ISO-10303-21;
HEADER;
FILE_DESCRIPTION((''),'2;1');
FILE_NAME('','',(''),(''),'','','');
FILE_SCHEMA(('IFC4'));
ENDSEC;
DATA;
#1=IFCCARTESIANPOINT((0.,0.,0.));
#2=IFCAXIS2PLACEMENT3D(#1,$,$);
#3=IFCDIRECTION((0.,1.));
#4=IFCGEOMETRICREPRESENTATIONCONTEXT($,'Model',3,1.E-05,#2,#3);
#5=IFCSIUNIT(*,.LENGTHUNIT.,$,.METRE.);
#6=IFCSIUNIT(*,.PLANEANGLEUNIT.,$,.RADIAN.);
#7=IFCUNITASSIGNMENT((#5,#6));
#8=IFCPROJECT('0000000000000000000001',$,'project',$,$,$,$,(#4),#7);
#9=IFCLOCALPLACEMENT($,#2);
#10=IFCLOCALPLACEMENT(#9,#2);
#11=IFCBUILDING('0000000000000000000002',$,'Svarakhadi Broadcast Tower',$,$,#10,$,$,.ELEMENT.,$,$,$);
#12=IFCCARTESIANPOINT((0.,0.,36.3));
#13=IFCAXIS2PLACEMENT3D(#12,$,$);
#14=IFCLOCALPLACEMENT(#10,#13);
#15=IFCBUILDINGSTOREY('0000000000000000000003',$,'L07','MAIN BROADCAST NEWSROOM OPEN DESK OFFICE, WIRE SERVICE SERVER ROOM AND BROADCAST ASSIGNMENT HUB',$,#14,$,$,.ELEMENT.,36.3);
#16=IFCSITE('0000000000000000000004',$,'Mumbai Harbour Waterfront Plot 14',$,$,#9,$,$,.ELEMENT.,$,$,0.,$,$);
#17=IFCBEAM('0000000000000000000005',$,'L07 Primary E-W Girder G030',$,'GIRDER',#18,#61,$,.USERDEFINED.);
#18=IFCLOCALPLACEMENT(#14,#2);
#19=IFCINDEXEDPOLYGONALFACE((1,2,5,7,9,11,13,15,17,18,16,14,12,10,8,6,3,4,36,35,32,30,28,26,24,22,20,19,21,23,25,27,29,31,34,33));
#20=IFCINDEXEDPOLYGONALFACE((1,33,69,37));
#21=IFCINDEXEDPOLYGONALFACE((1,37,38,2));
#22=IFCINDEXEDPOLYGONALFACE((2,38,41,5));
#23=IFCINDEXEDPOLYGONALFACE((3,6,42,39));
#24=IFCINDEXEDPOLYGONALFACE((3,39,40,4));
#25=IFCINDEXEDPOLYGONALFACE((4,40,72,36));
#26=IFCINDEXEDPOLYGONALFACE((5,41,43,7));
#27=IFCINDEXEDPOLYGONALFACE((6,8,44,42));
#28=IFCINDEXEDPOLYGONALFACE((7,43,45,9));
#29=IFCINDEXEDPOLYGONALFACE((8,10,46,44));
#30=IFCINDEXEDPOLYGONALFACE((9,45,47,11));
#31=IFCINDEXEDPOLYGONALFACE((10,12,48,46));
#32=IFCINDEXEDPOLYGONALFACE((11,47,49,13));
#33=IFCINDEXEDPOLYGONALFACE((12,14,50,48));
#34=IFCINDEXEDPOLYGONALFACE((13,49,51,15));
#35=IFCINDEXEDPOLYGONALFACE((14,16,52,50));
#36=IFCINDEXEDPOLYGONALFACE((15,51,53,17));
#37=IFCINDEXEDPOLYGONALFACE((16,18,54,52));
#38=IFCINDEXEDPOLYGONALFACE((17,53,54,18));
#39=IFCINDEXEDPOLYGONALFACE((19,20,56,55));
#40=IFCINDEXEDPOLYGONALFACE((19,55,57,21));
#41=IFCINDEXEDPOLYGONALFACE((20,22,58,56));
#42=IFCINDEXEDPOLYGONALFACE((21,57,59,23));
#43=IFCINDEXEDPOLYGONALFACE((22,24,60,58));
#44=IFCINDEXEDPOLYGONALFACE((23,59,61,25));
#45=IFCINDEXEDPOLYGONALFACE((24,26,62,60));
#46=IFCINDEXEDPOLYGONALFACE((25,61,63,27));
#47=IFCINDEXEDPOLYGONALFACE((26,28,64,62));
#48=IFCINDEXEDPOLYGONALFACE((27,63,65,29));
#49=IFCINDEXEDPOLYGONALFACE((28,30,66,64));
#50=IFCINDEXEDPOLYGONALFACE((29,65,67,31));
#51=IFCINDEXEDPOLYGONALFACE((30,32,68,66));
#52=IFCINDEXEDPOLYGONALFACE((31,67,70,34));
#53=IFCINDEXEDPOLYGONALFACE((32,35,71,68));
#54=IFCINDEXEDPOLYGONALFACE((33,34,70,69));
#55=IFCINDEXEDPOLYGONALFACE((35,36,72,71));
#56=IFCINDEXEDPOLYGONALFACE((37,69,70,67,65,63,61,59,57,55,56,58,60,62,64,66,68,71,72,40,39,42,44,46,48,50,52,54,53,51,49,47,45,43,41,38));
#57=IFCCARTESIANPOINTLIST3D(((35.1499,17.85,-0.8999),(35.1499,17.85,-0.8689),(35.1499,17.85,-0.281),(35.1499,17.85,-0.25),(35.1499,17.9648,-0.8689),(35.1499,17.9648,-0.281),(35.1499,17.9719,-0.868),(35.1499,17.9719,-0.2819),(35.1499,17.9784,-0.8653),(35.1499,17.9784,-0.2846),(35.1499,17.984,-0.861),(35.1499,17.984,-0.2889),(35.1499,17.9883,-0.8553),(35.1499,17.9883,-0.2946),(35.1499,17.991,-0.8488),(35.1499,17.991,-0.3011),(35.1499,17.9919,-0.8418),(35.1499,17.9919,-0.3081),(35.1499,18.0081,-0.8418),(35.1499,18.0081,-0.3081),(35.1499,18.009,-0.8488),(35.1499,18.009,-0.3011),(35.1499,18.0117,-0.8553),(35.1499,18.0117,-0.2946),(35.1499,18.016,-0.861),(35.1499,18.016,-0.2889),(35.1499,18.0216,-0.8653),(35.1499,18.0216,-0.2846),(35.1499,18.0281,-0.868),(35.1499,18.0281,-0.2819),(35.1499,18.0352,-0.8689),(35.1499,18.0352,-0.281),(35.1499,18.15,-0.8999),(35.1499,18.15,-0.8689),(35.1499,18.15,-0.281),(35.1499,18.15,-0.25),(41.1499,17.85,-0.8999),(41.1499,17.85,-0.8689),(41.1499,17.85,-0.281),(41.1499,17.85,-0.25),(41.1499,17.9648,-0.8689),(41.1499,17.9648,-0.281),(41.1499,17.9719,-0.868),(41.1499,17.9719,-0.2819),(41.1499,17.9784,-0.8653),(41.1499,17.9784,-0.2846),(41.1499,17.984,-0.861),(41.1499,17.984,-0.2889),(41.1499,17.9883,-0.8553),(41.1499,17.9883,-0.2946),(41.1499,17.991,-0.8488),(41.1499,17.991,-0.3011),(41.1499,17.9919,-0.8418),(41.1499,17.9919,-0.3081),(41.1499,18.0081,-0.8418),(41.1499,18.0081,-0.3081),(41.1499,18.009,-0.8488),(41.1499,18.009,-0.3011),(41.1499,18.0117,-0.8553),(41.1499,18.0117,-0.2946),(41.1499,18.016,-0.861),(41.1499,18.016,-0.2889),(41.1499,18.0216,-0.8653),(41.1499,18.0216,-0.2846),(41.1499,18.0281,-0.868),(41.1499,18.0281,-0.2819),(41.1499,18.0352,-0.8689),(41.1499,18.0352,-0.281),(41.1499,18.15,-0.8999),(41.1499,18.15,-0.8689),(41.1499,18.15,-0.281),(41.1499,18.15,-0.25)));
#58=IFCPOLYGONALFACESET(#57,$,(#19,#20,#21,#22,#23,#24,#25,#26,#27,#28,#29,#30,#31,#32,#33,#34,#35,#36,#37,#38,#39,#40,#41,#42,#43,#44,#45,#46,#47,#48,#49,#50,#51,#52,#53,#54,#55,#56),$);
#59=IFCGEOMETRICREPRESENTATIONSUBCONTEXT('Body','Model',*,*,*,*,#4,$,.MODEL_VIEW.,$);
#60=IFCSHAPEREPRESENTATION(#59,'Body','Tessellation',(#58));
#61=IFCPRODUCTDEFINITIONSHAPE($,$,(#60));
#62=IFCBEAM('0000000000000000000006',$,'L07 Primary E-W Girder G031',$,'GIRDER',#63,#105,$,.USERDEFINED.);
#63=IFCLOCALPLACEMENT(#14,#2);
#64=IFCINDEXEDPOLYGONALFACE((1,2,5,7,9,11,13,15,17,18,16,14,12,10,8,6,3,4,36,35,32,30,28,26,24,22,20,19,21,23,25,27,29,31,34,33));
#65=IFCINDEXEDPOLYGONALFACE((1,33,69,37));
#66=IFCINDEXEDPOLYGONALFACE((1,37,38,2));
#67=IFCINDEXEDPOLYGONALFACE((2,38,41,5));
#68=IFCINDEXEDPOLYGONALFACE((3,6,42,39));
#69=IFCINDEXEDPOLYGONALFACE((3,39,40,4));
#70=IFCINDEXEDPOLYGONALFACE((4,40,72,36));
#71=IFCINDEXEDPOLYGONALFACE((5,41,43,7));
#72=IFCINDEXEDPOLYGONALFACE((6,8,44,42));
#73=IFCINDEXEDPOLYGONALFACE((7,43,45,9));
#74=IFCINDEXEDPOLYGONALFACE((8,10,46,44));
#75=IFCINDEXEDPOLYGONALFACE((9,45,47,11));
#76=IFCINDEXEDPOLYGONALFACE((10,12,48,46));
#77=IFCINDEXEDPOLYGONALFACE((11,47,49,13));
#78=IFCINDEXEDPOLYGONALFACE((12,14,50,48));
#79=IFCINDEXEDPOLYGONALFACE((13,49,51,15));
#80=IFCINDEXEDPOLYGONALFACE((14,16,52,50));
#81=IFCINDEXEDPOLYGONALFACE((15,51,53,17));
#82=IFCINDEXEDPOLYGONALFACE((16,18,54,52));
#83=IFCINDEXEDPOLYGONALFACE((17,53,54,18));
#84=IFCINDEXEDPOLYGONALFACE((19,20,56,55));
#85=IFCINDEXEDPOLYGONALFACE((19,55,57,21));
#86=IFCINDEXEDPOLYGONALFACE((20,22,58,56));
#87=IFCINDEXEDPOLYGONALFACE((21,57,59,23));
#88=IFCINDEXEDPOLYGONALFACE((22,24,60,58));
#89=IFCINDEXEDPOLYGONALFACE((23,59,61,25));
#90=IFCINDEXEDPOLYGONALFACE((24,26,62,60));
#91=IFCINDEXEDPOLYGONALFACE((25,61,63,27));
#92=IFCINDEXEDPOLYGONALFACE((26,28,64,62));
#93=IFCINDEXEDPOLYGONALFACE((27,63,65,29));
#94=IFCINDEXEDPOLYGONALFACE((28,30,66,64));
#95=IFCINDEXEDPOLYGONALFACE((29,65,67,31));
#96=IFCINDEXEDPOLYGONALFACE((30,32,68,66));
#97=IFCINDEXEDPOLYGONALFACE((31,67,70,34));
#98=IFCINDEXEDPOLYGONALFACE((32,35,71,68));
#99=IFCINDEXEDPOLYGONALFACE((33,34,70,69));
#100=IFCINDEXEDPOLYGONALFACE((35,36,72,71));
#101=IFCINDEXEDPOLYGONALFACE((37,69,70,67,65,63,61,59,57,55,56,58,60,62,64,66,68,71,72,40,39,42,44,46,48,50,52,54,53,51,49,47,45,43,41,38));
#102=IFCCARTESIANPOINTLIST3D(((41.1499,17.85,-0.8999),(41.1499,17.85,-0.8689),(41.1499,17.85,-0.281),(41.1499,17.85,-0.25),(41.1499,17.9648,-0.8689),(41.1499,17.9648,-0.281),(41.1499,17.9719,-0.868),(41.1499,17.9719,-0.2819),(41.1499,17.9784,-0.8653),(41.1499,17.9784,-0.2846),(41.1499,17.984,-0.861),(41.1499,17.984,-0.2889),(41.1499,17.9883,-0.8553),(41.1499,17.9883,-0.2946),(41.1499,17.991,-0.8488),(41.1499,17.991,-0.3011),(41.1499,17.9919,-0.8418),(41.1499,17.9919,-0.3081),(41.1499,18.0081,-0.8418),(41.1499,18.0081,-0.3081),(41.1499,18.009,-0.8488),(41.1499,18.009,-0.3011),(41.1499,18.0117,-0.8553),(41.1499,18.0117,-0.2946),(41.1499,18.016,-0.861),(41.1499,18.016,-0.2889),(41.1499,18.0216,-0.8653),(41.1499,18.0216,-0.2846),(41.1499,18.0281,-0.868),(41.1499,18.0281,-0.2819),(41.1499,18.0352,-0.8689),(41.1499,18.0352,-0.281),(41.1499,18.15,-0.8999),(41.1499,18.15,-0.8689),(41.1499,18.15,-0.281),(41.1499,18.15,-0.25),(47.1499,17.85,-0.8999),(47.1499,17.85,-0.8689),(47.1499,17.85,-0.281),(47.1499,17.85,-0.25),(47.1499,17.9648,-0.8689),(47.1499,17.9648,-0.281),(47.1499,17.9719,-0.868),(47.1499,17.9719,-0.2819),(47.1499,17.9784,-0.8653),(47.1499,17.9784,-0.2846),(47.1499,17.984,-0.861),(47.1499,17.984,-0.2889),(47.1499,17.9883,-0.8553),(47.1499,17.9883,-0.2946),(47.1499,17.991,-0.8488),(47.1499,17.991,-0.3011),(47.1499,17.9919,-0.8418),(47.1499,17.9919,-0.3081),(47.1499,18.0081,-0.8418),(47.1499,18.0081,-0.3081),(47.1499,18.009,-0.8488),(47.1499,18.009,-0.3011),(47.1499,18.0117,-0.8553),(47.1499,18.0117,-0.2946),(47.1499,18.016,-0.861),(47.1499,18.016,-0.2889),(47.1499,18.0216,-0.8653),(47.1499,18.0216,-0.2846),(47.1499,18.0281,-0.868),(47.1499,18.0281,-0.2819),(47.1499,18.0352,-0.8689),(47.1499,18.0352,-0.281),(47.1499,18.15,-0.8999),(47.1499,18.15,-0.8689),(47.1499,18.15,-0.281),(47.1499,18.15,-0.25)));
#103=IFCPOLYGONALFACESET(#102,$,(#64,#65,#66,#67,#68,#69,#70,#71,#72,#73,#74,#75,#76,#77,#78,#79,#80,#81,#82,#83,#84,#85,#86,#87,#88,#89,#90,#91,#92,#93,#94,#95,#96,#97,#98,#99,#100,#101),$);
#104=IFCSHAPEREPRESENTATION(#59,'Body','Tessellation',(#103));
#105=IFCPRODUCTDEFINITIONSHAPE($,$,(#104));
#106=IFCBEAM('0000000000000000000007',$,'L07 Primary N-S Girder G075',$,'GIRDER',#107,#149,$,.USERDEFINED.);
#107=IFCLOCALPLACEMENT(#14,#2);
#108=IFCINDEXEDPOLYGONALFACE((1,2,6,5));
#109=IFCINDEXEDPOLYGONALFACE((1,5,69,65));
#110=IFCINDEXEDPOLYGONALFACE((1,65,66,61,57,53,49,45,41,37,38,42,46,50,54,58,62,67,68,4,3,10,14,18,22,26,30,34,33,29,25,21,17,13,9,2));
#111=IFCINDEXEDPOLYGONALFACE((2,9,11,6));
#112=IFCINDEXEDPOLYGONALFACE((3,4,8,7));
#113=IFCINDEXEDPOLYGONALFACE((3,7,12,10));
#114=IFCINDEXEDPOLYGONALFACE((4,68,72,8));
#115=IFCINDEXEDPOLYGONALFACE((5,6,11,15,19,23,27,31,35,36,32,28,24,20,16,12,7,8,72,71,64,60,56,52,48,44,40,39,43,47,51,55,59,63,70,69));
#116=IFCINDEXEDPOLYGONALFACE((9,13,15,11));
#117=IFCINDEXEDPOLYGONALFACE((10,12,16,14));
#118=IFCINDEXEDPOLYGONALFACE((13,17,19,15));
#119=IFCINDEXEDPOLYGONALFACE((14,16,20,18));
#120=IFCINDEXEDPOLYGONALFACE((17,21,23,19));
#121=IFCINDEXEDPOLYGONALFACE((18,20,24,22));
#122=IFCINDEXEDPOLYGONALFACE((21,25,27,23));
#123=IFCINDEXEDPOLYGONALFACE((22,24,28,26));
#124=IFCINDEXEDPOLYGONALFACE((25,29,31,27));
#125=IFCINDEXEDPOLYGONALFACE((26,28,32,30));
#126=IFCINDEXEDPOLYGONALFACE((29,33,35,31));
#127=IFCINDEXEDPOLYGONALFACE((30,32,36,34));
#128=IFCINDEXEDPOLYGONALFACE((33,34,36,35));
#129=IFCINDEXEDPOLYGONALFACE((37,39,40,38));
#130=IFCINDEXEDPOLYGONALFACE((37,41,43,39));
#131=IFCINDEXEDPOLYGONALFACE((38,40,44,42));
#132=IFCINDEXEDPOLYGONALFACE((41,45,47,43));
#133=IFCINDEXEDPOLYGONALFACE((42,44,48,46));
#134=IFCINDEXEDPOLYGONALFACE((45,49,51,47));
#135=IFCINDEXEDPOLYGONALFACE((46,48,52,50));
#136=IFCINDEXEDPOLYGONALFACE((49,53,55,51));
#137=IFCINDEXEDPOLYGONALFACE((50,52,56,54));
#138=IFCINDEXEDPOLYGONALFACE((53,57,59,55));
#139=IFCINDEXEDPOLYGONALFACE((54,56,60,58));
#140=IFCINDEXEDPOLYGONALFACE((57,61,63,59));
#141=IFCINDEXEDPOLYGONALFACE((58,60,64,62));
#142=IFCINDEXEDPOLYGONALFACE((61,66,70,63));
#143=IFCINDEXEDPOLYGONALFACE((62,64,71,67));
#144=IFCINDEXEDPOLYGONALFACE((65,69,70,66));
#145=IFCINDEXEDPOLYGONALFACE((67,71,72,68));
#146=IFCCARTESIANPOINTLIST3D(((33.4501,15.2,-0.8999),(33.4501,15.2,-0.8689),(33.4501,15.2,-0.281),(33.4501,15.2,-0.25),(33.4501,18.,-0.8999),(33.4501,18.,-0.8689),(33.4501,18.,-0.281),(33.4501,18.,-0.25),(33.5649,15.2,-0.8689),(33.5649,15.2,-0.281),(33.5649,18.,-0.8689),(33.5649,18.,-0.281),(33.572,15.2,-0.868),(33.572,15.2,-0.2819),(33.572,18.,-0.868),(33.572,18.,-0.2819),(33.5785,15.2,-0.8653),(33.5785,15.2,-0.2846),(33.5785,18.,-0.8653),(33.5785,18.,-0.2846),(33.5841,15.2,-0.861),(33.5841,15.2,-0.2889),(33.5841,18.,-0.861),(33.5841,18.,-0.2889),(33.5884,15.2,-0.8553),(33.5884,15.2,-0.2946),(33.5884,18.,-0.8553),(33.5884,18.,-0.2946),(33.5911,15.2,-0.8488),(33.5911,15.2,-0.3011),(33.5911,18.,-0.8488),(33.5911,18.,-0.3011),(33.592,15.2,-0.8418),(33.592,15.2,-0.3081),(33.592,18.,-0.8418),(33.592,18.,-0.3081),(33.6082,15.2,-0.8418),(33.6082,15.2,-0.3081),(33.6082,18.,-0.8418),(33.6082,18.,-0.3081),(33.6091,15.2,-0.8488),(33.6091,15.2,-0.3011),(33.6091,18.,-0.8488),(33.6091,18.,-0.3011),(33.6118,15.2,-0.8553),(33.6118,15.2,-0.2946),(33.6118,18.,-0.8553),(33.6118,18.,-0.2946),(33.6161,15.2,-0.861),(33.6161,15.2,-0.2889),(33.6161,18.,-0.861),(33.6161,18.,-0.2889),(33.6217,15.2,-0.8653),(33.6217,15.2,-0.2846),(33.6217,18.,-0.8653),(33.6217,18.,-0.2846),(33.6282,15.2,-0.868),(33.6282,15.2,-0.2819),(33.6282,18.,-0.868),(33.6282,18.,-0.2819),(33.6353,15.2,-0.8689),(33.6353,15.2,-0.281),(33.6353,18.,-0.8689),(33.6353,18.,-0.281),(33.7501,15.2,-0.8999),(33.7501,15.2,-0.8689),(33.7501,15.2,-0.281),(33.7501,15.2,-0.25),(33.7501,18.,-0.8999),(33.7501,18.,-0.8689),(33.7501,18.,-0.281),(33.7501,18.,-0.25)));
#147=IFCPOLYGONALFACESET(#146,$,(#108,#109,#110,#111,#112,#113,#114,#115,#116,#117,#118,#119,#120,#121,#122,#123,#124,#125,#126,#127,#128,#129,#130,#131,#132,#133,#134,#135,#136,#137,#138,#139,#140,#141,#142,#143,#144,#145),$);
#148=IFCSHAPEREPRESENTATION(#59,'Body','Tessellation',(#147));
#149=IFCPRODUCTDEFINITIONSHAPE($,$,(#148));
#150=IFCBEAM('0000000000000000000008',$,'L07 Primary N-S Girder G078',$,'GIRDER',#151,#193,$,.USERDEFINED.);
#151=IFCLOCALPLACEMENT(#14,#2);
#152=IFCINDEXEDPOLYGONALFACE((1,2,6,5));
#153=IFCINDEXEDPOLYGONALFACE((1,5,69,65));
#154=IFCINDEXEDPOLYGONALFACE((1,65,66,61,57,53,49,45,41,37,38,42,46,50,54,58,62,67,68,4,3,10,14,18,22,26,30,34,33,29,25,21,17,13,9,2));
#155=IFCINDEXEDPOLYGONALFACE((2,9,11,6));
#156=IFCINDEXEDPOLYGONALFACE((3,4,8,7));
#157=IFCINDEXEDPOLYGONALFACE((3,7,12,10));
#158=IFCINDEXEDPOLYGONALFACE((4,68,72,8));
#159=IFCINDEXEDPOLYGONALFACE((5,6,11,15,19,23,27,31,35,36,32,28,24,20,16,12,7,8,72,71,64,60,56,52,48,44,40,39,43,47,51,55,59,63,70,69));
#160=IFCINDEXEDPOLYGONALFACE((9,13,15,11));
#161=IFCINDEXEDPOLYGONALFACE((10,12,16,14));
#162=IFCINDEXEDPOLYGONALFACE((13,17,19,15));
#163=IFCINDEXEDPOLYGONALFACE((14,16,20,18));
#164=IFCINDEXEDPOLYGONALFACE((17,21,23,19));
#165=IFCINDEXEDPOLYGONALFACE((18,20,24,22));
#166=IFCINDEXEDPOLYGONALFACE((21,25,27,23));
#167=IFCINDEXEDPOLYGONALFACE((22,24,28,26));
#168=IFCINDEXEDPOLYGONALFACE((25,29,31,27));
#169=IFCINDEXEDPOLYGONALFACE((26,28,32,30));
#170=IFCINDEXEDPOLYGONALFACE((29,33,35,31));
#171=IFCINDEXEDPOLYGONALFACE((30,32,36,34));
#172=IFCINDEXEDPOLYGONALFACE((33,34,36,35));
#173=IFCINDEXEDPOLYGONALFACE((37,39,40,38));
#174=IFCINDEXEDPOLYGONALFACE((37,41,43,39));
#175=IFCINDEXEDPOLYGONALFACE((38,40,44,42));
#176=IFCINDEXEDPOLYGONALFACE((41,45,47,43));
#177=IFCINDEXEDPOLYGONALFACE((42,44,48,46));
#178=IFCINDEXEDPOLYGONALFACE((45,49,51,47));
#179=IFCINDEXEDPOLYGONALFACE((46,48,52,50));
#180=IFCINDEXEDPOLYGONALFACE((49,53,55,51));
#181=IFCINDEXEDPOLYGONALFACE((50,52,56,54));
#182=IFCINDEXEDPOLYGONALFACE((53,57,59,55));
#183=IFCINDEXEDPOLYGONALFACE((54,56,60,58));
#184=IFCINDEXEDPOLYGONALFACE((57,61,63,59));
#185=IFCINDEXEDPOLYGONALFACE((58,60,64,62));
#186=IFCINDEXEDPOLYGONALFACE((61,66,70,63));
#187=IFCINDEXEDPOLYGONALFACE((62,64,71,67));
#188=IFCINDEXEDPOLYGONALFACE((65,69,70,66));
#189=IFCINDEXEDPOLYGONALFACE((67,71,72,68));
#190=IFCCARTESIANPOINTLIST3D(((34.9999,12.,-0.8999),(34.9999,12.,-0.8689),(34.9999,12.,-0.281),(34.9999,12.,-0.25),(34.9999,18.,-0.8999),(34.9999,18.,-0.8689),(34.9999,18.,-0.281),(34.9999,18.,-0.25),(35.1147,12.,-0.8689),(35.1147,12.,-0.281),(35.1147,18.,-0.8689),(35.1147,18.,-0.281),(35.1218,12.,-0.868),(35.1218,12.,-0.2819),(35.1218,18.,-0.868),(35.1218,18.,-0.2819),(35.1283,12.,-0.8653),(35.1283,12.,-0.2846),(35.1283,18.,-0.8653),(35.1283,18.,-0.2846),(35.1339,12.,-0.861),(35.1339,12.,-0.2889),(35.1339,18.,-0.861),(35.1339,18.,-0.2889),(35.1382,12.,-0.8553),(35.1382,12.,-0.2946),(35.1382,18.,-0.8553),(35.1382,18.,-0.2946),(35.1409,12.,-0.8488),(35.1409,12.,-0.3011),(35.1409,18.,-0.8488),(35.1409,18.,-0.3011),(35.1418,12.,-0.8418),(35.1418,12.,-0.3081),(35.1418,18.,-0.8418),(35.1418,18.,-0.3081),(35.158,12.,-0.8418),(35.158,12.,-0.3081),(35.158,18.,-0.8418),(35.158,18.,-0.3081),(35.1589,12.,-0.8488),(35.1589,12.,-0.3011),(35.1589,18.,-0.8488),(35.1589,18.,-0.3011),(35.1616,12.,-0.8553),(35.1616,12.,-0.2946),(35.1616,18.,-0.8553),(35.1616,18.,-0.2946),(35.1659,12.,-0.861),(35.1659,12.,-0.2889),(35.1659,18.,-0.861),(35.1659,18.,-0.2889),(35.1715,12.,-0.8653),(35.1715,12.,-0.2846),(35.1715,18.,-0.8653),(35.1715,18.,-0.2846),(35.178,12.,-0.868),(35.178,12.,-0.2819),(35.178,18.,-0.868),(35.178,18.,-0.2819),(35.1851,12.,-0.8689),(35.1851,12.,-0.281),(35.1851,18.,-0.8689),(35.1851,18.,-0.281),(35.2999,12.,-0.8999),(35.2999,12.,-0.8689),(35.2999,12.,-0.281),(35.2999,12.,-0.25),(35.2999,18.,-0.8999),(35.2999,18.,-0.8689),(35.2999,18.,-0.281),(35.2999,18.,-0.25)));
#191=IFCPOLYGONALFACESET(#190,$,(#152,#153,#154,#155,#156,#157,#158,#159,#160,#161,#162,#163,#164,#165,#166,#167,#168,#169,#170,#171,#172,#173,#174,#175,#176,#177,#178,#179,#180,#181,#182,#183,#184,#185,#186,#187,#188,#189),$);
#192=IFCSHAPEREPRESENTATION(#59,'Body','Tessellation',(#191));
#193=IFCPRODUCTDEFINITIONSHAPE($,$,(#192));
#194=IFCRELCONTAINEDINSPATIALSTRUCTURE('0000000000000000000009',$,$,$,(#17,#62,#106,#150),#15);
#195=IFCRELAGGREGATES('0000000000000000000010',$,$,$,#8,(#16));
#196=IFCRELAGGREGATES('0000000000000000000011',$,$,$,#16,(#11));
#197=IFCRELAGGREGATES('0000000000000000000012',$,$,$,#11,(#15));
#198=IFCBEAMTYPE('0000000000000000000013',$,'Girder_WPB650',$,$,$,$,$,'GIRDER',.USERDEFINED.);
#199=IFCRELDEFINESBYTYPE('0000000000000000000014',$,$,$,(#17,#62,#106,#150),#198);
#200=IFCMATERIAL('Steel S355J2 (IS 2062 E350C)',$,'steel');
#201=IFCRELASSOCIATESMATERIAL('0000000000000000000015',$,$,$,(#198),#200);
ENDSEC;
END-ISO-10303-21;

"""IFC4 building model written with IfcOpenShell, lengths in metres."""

from ifc_helpers import new_model, si_unit, direction, frame, origin, origin_2d, place, context, subcontext, project, spatial, i_section, extrude, material, material_profile, profile_set, type_object, element, save


model = new_model("IFC4")

# Units and contexts
model_context = context("Model", 3, precision=1e-05, world=origin(), true_north=direction((0.0, 1.0)))
body_context = subcontext(model_context, "Body", "Model", "MODEL_VIEW")
ifc_project = project(units=[si_unit("LENGTHUNIT", "METRE"), si_unit("PLANEANGLEUNIT", "RADIAN")], contexts=[model_context])

# Site, building, storey
site_placement = place(None, origin())
site = spatial("IfcSite", under=ifc_project, at=site_placement, Name="Mumbai Harbour Waterfront Plot 14", CompositionType="ELEMENT", RefElevation=0.0)
building_placement = place(site_placement, origin())
building = spatial("IfcBuilding", under=site, at=building_placement, Name="Svarakhadi Broadcast Tower", CompositionType="ELEMENT")
storey_placement = place(building_placement, frame((0.0, 0.0, 36.3)))
storey = spatial("IfcBuildingStorey", under=building, at=storey_placement, Name="L07", Description="MAIN BROADCAST NEWSROOM OPEN DESK OFFICE, WIRE SERVICE SERVER ROOM AND BROADCAST ASSIGNMENT HUB", CompositionType="ELEMENT", Elevation=36.3)

# Shared definitions
ifc_material_1 = material(Name="Steel S355J2 (IS 2062 E350C)", Category="steel")

# Beams
ifc_material_profile_1 = material_profile(ifc_material_1, i_section(OverallWidth=0.3, OverallDepth=0.6499, WebThickness=0.0161, FlangeThickness=0.031, FilletRadius=0.0271, at=origin_2d()), Name="WPB 650x300x225")
ifc_profile_set_1 = profile_set([ifc_material_profile_1], Name="Steel S355J2 (IS 2062 E350C)")
beam_type_1 = type_object("IfcBeamType", Name="Girder_WPB650", ElementType="GIRDER", PredefinedType="USERDEFINED", material=ifc_profile_set_1)
for number, where, z_axis, x_axis, name in (
    (1, (35.1499, 18.0, -0.575), (1.0, 0.0, 0.0), (0.0, 1.0, 0.0), "L07 Primary E-W Girder G030"),
    (2, (41.1499, 18.0, -0.575), (1.0, 0.0, 0.0), (0.0, 1.0, 0.0), "L07 Primary E-W Girder G031"),
):
    element("IfcBeam", number, at=place(storey_placement, frame(where, z_axis=z_axis, x_axis=x_axis)), inside=storey, type_object=beam_type_1, Name=name, ObjectType="GIRDER", PredefinedType="USERDEFINED", context=body_context, shape_type="SweptSolid", body=[
        extrude(i_section(OverallWidth=0.3, OverallDepth=0.6499, WebThickness=0.0161, FlangeThickness=0.031, FilletRadius=0.0271, at=origin_2d()), origin(), (0.0, 0.0, 1.0), 6.0),
    ])
beam_placement = place(storey_placement, frame((33.6001, 15.2, -0.575), z_axis=(0.0, 1.0, 0.0), x_axis=(-1.0, 0.0, 0.0)))
element("IfcBeam", 3, at=beam_placement, inside=storey, type_object=beam_type_1, Name="L07 Primary N-S Girder G075", ObjectType="GIRDER", PredefinedType="USERDEFINED", context=body_context, shape_type="SweptSolid", body=[
    extrude(i_section(OverallWidth=0.3, OverallDepth=0.6499, WebThickness=0.0161, FlangeThickness=0.031, FilletRadius=0.0271, at=origin_2d()), origin(), (0.0, 0.0, 1.0), 2.8),
])
for number, where, z_axis, x_axis, name in (
    (4, (35.1499, 12.0, -0.575), (0.0, 1.0, 0.0), (-1.0, 0.0, 0.0), "L07 Primary N-S Girder G078"),
):
    element("IfcBeam", number, at=place(storey_placement, frame(where, z_axis=z_axis, x_axis=x_axis)), inside=storey, type_object=beam_type_1, Name=name, ObjectType="GIRDER", PredefinedType="USERDEFINED", context=body_context, shape_type="SweptSolid", body=[
        extrude(i_section(OverallWidth=0.3, OverallDepth=0.6499, WebThickness=0.0161, FlangeThickness=0.031, FilletRadius=0.0271, at=origin_2d()), origin(), (0.0, 0.0, 1.0), 6.0),
    ])

save(model, "model.ifc")
